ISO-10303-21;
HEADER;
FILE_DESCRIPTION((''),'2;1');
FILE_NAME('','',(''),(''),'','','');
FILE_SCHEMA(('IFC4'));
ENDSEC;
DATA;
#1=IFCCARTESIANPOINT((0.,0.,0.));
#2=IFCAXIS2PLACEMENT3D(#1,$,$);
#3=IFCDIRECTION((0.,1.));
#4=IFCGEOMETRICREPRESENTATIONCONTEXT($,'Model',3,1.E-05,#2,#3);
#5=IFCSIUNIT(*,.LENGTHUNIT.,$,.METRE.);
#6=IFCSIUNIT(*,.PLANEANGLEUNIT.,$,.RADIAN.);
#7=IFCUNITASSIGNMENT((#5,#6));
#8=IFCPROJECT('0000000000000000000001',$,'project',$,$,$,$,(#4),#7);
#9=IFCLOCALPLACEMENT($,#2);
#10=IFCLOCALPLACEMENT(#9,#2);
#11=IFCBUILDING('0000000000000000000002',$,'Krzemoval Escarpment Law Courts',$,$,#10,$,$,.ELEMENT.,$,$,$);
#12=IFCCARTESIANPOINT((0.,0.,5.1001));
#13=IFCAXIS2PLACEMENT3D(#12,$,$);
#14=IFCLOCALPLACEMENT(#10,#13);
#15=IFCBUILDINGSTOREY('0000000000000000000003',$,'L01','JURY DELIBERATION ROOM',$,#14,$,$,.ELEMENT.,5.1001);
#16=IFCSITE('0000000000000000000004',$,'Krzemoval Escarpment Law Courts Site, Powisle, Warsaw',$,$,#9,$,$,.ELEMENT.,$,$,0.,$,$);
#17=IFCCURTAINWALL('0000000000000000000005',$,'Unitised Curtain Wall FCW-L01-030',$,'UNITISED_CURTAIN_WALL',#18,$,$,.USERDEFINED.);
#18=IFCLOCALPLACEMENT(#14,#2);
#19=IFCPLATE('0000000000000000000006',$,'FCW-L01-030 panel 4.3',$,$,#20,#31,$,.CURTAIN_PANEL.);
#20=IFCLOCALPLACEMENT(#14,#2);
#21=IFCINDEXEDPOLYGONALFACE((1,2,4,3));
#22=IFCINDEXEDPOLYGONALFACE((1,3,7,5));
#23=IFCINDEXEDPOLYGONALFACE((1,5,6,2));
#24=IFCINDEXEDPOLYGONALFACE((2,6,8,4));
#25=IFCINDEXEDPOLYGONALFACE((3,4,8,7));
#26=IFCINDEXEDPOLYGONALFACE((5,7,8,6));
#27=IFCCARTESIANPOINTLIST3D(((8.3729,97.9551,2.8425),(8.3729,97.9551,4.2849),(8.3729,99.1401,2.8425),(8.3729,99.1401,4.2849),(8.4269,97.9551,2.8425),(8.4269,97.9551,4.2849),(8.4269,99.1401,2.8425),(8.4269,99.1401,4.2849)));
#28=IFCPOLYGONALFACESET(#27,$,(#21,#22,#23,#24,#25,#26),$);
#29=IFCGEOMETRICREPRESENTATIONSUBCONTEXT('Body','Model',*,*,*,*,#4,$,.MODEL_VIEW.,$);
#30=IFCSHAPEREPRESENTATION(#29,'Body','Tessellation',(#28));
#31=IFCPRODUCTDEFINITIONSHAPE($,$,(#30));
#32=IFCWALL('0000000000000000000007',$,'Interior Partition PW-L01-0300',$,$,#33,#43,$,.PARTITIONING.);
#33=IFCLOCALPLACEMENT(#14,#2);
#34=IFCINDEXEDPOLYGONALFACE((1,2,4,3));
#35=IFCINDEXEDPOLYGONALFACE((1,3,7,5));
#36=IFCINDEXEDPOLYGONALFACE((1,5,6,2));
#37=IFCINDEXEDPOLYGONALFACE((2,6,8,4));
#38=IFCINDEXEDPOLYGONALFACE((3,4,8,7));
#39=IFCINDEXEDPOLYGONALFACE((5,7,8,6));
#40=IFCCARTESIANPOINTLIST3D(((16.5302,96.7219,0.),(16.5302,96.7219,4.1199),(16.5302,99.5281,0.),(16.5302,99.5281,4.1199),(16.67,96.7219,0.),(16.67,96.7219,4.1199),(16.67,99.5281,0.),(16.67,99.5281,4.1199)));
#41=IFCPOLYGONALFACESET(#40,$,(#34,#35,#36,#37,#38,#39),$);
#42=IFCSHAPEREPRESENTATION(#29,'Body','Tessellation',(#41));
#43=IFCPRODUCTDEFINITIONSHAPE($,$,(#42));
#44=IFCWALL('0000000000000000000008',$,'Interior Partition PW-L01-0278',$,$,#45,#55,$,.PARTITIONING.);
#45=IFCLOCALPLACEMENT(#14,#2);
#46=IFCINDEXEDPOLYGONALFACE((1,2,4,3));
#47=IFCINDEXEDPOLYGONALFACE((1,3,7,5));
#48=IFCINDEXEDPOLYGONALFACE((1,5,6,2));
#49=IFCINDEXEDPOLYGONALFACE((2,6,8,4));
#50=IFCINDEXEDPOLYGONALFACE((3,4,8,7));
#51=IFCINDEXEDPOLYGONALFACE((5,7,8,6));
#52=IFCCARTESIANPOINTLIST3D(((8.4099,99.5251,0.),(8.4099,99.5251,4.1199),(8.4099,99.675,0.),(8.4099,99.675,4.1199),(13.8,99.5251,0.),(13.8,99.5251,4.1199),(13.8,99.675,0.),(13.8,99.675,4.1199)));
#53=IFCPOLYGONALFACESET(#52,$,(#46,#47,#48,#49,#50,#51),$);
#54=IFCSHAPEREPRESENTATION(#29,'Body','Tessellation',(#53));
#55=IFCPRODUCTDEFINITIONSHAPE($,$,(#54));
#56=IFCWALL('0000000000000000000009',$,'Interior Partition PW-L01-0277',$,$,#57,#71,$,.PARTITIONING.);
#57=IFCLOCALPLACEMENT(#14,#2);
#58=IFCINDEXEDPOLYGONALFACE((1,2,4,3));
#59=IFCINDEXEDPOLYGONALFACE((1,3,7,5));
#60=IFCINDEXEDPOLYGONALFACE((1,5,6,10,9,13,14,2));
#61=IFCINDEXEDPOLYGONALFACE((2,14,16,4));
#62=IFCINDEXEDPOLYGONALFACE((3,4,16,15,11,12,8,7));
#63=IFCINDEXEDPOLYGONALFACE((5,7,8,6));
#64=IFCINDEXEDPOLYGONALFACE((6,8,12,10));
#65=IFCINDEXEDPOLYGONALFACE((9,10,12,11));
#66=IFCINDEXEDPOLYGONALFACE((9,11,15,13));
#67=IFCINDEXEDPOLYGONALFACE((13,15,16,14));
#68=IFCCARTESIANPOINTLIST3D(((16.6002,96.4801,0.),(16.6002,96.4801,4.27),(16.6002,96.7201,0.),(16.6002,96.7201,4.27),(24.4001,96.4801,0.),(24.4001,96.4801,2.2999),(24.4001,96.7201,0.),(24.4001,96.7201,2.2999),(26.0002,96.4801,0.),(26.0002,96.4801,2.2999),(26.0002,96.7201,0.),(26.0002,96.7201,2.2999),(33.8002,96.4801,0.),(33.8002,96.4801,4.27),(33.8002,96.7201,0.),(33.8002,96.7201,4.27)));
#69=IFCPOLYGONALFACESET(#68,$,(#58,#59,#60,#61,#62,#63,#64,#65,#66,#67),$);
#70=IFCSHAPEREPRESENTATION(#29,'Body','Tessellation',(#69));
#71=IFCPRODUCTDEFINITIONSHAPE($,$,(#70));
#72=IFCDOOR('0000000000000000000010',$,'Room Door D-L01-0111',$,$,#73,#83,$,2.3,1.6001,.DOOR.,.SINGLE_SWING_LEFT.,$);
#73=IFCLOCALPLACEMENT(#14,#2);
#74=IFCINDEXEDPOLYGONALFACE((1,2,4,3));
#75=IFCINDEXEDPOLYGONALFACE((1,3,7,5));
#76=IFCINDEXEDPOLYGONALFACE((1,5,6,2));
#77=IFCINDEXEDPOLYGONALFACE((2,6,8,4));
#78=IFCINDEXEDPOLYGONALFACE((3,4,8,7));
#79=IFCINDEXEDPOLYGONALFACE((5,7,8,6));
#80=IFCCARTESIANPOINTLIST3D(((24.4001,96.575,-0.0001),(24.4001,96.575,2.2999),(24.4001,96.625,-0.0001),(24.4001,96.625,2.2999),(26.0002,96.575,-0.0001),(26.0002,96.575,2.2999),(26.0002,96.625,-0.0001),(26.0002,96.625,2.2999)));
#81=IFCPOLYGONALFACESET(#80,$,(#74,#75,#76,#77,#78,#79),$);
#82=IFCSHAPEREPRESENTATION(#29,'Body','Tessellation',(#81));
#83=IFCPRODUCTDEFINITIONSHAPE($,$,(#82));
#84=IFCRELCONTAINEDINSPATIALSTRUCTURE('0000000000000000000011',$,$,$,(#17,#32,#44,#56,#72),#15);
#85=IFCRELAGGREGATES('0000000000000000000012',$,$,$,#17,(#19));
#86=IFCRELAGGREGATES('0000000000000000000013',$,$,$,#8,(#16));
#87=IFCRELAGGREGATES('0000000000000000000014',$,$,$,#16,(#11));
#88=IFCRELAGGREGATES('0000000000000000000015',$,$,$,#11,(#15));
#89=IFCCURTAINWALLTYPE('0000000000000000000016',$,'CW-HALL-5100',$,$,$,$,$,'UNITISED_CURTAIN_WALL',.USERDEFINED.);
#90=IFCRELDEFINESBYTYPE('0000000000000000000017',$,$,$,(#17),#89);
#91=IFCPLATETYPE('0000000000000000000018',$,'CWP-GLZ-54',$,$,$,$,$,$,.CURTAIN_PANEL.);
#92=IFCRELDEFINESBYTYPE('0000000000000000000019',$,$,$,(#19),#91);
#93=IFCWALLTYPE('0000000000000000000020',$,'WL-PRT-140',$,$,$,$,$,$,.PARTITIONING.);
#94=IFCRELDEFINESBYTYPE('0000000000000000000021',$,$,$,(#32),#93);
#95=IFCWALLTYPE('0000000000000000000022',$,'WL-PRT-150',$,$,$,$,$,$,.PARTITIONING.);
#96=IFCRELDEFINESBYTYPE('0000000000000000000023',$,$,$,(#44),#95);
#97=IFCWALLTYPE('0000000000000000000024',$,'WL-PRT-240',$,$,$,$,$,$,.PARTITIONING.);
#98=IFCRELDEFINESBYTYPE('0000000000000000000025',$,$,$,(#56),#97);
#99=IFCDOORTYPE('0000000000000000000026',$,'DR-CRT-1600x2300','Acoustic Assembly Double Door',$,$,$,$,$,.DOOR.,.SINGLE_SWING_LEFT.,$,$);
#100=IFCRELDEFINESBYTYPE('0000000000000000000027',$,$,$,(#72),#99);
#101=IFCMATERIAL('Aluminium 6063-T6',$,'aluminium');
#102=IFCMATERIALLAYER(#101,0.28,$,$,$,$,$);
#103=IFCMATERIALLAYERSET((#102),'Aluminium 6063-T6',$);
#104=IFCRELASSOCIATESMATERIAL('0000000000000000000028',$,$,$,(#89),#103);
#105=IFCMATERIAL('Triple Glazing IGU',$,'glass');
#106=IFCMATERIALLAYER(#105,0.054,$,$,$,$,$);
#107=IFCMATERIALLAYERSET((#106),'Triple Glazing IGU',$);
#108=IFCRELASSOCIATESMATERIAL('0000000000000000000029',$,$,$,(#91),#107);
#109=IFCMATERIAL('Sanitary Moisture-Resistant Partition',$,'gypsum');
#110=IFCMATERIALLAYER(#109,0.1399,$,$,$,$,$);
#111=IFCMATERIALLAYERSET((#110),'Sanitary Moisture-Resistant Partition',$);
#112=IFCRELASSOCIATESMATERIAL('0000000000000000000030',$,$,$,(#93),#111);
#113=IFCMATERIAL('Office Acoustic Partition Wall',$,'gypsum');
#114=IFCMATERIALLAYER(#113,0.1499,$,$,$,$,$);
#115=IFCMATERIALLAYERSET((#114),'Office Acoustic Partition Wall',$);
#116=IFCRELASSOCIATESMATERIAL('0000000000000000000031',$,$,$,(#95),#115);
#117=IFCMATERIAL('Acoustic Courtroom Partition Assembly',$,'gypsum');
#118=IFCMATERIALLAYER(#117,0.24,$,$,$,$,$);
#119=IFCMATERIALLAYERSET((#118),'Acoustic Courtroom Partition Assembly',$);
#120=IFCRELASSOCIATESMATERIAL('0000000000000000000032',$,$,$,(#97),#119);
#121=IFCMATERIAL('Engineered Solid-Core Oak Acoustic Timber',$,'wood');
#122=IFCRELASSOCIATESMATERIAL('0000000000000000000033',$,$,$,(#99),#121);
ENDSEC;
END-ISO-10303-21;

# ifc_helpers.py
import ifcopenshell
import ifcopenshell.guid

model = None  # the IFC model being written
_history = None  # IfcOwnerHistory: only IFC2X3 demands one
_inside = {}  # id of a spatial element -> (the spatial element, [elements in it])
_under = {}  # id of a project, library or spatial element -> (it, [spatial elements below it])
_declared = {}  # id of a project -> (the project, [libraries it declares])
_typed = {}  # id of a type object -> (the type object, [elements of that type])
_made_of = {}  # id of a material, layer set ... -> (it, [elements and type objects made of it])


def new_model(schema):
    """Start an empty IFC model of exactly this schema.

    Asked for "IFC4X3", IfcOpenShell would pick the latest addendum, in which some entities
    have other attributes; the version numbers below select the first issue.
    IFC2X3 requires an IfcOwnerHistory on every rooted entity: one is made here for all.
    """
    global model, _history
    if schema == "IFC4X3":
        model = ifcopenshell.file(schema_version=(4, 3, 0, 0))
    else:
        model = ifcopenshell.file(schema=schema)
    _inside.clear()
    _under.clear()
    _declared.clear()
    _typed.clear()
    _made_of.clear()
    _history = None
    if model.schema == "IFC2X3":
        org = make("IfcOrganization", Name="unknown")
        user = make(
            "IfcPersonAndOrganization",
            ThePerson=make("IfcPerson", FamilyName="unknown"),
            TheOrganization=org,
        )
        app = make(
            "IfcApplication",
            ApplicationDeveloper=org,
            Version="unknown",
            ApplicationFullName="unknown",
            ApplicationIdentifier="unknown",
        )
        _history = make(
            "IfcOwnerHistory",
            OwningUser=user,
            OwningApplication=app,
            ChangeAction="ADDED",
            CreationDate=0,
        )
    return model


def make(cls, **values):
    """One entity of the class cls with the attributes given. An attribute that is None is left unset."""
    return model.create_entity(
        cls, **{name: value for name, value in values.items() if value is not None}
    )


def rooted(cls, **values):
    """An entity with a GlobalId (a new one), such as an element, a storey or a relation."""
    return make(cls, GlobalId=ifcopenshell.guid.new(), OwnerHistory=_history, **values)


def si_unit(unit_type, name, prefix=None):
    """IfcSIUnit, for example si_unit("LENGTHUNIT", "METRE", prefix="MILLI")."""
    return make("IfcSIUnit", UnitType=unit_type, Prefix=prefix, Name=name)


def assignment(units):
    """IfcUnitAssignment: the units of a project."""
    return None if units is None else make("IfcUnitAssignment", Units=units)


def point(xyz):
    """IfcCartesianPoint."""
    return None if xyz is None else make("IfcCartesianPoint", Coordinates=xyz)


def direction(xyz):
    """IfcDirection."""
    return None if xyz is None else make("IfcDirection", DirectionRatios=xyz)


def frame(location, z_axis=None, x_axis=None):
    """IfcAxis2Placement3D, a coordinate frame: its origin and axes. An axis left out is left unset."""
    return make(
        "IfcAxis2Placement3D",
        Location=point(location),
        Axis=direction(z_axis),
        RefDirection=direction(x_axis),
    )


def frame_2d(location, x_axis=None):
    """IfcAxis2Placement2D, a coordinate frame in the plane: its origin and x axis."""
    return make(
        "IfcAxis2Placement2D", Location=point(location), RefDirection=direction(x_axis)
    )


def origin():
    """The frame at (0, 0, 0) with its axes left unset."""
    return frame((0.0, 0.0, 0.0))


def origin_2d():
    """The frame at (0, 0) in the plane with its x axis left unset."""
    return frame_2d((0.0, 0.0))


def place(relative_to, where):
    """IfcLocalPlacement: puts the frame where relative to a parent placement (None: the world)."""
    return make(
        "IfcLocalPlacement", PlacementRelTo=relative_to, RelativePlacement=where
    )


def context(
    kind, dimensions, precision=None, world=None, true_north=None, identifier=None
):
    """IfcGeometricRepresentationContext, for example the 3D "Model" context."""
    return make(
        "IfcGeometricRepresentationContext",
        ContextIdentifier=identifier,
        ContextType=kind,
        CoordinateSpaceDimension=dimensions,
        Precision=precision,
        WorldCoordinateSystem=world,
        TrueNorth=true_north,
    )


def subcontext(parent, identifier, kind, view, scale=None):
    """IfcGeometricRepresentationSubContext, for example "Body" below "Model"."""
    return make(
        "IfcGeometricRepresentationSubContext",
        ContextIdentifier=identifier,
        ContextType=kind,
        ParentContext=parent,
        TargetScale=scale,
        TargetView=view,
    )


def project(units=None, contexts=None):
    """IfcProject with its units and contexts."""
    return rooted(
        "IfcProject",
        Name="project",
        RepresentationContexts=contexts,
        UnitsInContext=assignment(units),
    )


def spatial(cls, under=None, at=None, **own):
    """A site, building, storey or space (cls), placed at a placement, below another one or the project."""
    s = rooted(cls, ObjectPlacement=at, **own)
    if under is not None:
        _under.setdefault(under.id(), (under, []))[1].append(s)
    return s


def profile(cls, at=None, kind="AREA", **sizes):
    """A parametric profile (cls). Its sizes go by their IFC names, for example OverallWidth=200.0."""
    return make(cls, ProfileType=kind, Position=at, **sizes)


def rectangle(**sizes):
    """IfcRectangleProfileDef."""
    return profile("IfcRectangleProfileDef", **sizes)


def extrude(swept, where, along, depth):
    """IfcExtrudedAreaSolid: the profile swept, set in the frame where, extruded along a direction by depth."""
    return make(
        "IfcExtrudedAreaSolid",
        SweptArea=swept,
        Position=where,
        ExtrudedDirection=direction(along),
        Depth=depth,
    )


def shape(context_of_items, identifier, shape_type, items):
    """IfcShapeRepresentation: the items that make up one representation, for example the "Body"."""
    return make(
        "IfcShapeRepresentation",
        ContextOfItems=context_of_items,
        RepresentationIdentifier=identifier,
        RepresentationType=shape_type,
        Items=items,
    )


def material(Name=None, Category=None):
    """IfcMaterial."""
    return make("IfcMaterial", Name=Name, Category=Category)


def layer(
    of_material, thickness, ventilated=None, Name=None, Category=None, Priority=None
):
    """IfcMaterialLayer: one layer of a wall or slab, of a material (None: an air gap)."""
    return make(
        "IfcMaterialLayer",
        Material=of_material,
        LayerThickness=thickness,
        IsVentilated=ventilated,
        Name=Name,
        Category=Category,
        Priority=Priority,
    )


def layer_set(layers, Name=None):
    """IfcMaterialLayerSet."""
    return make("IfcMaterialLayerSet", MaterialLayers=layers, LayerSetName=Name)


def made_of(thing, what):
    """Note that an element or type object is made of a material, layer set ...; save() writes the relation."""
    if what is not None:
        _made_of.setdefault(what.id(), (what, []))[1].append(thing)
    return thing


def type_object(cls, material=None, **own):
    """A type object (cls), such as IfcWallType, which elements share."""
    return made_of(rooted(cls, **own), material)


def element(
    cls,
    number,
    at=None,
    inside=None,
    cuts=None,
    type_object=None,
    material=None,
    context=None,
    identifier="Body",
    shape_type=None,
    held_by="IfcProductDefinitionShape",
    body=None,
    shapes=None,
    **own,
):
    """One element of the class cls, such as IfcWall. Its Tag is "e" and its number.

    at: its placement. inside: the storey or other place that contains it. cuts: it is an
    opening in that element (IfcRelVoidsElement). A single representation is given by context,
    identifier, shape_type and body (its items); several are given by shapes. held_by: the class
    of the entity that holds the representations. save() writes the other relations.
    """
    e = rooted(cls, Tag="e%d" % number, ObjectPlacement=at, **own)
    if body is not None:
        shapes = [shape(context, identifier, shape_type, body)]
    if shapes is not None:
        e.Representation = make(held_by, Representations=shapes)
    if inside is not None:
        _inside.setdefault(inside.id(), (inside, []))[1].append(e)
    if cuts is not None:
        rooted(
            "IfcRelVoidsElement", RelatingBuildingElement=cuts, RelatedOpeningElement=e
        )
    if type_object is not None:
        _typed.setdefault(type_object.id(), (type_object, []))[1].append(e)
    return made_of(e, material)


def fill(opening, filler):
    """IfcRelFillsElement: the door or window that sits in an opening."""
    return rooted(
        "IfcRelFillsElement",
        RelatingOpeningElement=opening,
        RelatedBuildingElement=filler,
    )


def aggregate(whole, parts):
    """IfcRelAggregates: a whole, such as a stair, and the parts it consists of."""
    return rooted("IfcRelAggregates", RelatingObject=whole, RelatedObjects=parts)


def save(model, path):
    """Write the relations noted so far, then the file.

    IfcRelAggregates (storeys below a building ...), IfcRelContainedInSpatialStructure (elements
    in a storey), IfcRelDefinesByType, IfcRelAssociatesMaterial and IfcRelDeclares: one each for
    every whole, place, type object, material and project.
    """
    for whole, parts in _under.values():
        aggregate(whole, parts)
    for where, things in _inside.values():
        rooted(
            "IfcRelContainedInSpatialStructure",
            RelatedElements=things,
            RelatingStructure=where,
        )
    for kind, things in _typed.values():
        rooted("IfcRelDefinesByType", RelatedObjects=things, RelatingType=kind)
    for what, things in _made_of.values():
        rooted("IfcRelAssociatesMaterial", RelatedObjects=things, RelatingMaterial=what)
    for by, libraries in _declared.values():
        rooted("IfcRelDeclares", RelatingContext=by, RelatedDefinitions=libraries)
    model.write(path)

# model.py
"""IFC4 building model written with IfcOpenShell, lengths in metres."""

from ifc_helpers import new_model, si_unit, direction, frame, frame_2d, origin, origin_2d, place, context, subcontext, project, spatial, rectangle, extrude, material, layer, layer_set, type_object, element, fill, aggregate, save


model = new_model("IFC4")

# Units and contexts
model_context = context("Model", 3, precision=1e-05, world=origin(), true_north=direction((0.0, 1.0)))
body_context = subcontext(model_context, "Body", "Model", "MODEL_VIEW")
ifc_project = project(units=[si_unit("LENGTHUNIT", "METRE"), si_unit("PLANEANGLEUNIT", "RADIAN")], contexts=[model_context])

# Site, building, storey
site_placement = place(None, origin())
site = spatial("IfcSite", under=ifc_project, at=site_placement, Name="Krzemoval Escarpment Law Courts Site, Powisle, Warsaw", CompositionType="ELEMENT", RefElevation=0.0)
building_placement = place(site_placement, origin())
building = spatial("IfcBuilding", under=site, at=building_placement, Name="Krzemoval Escarpment Law Courts", CompositionType="ELEMENT")
storey_placement = place(building_placement, frame((0.0, 0.0, 5.1001)))
storey = spatial("IfcBuildingStorey", under=building, at=storey_placement, Name="L01", Description="JURY DELIBERATION ROOM", CompositionType="ELEMENT", Elevation=5.1001)

# Curtain wall
ifc_material_1 = material(Name="Aluminium 6063-T6", Category="aluminium")
ifc_layer_1 = layer(ifc_material_1, 0.28)
ifc_layer_set_1 = layer_set([ifc_layer_1], Name="Aluminium 6063-T6")
curtain_wall_type = type_object("IfcCurtainWallType", Name="CW-HALL-5100", ElementType="UNITISED_CURTAIN_WALL", PredefinedType="USERDEFINED", material=ifc_layer_set_1)
curtain_wall_placement = place(storey_placement, origin())
curtain_wall = element("IfcCurtainWall", 1, at=curtain_wall_placement, inside=storey, type_object=curtain_wall_type, Name="Unitised Curtain Wall FCW-L01-030", ObjectType="UNITISED_CURTAIN_WALL", PredefinedType="USERDEFINED")

# Plate
ifc_material_2 = material(Name="Triple Glazing IGU", Category="glass")
ifc_layer_2 = layer(ifc_material_2, 0.054)
ifc_layer_set_2 = layer_set([ifc_layer_2], Name="Triple Glazing IGU")
plate_type = type_object("IfcPlateType", Name="CWP-GLZ-54", PredefinedType="CURTAIN_PANEL", material=ifc_layer_set_2)
plate_1_placement = place(storey_placement, frame((8.3999, 98.5476, 2.8425), z_axis=(0.0, 0.0, 1.0), x_axis=(0.0, 1.0, 0.0)))
plate_1 = element("IfcPlate", 2, at=plate_1_placement, type_object=plate_type, Name="FCW-L01-030 panel 4.3", PredefinedType="CURTAIN_PANEL", context=body_context, shape_type="SweptSolid", body=[
    extrude(rectangle(XDim=1.1851, YDim=0.054, at=origin_2d()), origin(), (0.0, 0.0, 1.0), 1.4424),
])
aggregate(curtain_wall, [plate_1])

# Walls
ifc_material_3 = material(Name="Sanitary Moisture-Resistant Partition", Category="gypsum")
ifc_layer_3 = layer(ifc_material_3, 0.1399)
ifc_layer_set_3 = layer_set([ifc_layer_3], Name="Sanitary Moisture-Resistant Partition")
wall_type_1 = type_object("IfcWallType", Name="WL-PRT-140", PredefinedType="PARTITIONING", material=ifc_layer_set_3)
wall_1_placement = place(storey_placement, frame((16.6001, 96.7219, 0.0), z_axis=(0.0, 0.0, 1.0), x_axis=(0.0, 1.0, 0.0)))
element("IfcWall", 3, at=wall_1_placement, inside=storey, type_object=wall_type_1, Name="Interior Partition PW-L01-0300", PredefinedType="PARTITIONING", context=body_context, shape_type="SweptSolid", body=[
    extrude(rectangle(XDim=2.8062, YDim=0.1399, at=frame_2d((1.4031, 0.0))), origin(), (0.0, 0.0, 1.0), 4.1199),
])
ifc_material_4 = material(Name="Office Acoustic Partition Wall", Category="gypsum")
ifc_layer_4 = layer(ifc_material_4, 0.1499)
ifc_layer_set_4 = layer_set([ifc_layer_4], Name="Office Acoustic Partition Wall")
wall_type_2 = type_object("IfcWallType", Name="WL-PRT-150", PredefinedType="PARTITIONING", material=ifc_layer_set_4)
wall_2_placement = place(storey_placement, frame((8.4099, 99.6001, 0.0), z_axis=(0.0, 0.0, 1.0), x_axis=(1.0, 0.0, 0.0)))
element("IfcWall", 4, at=wall_2_placement, inside=storey, type_object=wall_type_2, Name="Interior Partition PW-L01-0278", PredefinedType="PARTITIONING", context=body_context, shape_type="SweptSolid", body=[
    extrude(rectangle(XDim=5.3901, YDim=0.1499, at=frame_2d((2.6951, 0.0))), origin(), (0.0, 0.0, 1.0), 4.1199),
])

# Wall, opening, door
ifc_material_5 = material(Name="Acoustic Courtroom Partition Assembly", Category="gypsum")
ifc_layer_5 = layer(ifc_material_5, 0.24)
ifc_layer_set_5 = layer_set([ifc_layer_5], Name="Acoustic Courtroom Partition Assembly")
wall_type_3 = type_object("IfcWallType", Name="WL-PRT-240", PredefinedType="PARTITIONING", material=ifc_layer_set_5)
wall_3_placement = place(storey_placement, frame((16.6001, 96.6001, 0.0), z_axis=(0.0, 0.0, 1.0), x_axis=(1.0, 0.0, 0.0)))
wall_3 = element("IfcWall", 5, at=wall_3_placement, inside=storey, type_object=wall_type_3, Name="Interior Partition PW-L01-0277", PredefinedType="PARTITIONING", context=body_context, shape_type="SweptSolid", body=[
    extrude(rectangle(XDim=17.2, YDim=0.24, at=frame_2d((8.6001, 0.0))), origin(), (0.0, 0.0, 1.0), 4.27),
])
opening_placement = place(wall_3_placement, frame((7.8, 0.0, 0.0)))
opening = element("IfcOpeningElement", 6, at=opening_placement, cuts=wall_3, PredefinedType="OPENING", context=body_context, shape_type="SweptSolid", body=[
    extrude(rectangle(XDim=1.6001, YDim=2.3, at=frame_2d((0.8, 1.1499))), frame((0.0, 0.135, 0.0), z_axis=(0.0, -1.0, 0.0), x_axis=(1.0, 0.0, 0.0)), (0.0, 0.0, 1.0), 0.27),
])
ifc_material_6 = material(Name="Engineered Solid-Core Oak Acoustic Timber", Category="wood")
door_type = type_object("IfcDoorType", Name="DR-CRT-1600x2300", Description="Acoustic Assembly Double Door", OperationType="SINGLE_SWING_LEFT", PredefinedType="DOOR", material=ifc_material_6)
door_placement = place(opening_placement, origin())
door = element("IfcDoor", 7, at=door_placement, inside=storey, type_object=door_type, Name="Room Door D-L01-0111", OperationType="SINGLE_SWING_LEFT", OverallHeight=2.3, OverallWidth=1.6001, PredefinedType="DOOR", context=body_context, shape_type="SweptSolid", body=[
    extrude(rectangle(XDim=1.6001, YDim=2.3, at=frame_2d((0.8, 1.1499))), frame((0.0, 0.0249, 0.0), z_axis=(0.0, -1.0, 0.0), x_axis=(1.0, 0.0, 0.0)), (0.0, 0.0, 1.0), 0.05),
])
fill(opening, door)

save(model, "model.ifc")
